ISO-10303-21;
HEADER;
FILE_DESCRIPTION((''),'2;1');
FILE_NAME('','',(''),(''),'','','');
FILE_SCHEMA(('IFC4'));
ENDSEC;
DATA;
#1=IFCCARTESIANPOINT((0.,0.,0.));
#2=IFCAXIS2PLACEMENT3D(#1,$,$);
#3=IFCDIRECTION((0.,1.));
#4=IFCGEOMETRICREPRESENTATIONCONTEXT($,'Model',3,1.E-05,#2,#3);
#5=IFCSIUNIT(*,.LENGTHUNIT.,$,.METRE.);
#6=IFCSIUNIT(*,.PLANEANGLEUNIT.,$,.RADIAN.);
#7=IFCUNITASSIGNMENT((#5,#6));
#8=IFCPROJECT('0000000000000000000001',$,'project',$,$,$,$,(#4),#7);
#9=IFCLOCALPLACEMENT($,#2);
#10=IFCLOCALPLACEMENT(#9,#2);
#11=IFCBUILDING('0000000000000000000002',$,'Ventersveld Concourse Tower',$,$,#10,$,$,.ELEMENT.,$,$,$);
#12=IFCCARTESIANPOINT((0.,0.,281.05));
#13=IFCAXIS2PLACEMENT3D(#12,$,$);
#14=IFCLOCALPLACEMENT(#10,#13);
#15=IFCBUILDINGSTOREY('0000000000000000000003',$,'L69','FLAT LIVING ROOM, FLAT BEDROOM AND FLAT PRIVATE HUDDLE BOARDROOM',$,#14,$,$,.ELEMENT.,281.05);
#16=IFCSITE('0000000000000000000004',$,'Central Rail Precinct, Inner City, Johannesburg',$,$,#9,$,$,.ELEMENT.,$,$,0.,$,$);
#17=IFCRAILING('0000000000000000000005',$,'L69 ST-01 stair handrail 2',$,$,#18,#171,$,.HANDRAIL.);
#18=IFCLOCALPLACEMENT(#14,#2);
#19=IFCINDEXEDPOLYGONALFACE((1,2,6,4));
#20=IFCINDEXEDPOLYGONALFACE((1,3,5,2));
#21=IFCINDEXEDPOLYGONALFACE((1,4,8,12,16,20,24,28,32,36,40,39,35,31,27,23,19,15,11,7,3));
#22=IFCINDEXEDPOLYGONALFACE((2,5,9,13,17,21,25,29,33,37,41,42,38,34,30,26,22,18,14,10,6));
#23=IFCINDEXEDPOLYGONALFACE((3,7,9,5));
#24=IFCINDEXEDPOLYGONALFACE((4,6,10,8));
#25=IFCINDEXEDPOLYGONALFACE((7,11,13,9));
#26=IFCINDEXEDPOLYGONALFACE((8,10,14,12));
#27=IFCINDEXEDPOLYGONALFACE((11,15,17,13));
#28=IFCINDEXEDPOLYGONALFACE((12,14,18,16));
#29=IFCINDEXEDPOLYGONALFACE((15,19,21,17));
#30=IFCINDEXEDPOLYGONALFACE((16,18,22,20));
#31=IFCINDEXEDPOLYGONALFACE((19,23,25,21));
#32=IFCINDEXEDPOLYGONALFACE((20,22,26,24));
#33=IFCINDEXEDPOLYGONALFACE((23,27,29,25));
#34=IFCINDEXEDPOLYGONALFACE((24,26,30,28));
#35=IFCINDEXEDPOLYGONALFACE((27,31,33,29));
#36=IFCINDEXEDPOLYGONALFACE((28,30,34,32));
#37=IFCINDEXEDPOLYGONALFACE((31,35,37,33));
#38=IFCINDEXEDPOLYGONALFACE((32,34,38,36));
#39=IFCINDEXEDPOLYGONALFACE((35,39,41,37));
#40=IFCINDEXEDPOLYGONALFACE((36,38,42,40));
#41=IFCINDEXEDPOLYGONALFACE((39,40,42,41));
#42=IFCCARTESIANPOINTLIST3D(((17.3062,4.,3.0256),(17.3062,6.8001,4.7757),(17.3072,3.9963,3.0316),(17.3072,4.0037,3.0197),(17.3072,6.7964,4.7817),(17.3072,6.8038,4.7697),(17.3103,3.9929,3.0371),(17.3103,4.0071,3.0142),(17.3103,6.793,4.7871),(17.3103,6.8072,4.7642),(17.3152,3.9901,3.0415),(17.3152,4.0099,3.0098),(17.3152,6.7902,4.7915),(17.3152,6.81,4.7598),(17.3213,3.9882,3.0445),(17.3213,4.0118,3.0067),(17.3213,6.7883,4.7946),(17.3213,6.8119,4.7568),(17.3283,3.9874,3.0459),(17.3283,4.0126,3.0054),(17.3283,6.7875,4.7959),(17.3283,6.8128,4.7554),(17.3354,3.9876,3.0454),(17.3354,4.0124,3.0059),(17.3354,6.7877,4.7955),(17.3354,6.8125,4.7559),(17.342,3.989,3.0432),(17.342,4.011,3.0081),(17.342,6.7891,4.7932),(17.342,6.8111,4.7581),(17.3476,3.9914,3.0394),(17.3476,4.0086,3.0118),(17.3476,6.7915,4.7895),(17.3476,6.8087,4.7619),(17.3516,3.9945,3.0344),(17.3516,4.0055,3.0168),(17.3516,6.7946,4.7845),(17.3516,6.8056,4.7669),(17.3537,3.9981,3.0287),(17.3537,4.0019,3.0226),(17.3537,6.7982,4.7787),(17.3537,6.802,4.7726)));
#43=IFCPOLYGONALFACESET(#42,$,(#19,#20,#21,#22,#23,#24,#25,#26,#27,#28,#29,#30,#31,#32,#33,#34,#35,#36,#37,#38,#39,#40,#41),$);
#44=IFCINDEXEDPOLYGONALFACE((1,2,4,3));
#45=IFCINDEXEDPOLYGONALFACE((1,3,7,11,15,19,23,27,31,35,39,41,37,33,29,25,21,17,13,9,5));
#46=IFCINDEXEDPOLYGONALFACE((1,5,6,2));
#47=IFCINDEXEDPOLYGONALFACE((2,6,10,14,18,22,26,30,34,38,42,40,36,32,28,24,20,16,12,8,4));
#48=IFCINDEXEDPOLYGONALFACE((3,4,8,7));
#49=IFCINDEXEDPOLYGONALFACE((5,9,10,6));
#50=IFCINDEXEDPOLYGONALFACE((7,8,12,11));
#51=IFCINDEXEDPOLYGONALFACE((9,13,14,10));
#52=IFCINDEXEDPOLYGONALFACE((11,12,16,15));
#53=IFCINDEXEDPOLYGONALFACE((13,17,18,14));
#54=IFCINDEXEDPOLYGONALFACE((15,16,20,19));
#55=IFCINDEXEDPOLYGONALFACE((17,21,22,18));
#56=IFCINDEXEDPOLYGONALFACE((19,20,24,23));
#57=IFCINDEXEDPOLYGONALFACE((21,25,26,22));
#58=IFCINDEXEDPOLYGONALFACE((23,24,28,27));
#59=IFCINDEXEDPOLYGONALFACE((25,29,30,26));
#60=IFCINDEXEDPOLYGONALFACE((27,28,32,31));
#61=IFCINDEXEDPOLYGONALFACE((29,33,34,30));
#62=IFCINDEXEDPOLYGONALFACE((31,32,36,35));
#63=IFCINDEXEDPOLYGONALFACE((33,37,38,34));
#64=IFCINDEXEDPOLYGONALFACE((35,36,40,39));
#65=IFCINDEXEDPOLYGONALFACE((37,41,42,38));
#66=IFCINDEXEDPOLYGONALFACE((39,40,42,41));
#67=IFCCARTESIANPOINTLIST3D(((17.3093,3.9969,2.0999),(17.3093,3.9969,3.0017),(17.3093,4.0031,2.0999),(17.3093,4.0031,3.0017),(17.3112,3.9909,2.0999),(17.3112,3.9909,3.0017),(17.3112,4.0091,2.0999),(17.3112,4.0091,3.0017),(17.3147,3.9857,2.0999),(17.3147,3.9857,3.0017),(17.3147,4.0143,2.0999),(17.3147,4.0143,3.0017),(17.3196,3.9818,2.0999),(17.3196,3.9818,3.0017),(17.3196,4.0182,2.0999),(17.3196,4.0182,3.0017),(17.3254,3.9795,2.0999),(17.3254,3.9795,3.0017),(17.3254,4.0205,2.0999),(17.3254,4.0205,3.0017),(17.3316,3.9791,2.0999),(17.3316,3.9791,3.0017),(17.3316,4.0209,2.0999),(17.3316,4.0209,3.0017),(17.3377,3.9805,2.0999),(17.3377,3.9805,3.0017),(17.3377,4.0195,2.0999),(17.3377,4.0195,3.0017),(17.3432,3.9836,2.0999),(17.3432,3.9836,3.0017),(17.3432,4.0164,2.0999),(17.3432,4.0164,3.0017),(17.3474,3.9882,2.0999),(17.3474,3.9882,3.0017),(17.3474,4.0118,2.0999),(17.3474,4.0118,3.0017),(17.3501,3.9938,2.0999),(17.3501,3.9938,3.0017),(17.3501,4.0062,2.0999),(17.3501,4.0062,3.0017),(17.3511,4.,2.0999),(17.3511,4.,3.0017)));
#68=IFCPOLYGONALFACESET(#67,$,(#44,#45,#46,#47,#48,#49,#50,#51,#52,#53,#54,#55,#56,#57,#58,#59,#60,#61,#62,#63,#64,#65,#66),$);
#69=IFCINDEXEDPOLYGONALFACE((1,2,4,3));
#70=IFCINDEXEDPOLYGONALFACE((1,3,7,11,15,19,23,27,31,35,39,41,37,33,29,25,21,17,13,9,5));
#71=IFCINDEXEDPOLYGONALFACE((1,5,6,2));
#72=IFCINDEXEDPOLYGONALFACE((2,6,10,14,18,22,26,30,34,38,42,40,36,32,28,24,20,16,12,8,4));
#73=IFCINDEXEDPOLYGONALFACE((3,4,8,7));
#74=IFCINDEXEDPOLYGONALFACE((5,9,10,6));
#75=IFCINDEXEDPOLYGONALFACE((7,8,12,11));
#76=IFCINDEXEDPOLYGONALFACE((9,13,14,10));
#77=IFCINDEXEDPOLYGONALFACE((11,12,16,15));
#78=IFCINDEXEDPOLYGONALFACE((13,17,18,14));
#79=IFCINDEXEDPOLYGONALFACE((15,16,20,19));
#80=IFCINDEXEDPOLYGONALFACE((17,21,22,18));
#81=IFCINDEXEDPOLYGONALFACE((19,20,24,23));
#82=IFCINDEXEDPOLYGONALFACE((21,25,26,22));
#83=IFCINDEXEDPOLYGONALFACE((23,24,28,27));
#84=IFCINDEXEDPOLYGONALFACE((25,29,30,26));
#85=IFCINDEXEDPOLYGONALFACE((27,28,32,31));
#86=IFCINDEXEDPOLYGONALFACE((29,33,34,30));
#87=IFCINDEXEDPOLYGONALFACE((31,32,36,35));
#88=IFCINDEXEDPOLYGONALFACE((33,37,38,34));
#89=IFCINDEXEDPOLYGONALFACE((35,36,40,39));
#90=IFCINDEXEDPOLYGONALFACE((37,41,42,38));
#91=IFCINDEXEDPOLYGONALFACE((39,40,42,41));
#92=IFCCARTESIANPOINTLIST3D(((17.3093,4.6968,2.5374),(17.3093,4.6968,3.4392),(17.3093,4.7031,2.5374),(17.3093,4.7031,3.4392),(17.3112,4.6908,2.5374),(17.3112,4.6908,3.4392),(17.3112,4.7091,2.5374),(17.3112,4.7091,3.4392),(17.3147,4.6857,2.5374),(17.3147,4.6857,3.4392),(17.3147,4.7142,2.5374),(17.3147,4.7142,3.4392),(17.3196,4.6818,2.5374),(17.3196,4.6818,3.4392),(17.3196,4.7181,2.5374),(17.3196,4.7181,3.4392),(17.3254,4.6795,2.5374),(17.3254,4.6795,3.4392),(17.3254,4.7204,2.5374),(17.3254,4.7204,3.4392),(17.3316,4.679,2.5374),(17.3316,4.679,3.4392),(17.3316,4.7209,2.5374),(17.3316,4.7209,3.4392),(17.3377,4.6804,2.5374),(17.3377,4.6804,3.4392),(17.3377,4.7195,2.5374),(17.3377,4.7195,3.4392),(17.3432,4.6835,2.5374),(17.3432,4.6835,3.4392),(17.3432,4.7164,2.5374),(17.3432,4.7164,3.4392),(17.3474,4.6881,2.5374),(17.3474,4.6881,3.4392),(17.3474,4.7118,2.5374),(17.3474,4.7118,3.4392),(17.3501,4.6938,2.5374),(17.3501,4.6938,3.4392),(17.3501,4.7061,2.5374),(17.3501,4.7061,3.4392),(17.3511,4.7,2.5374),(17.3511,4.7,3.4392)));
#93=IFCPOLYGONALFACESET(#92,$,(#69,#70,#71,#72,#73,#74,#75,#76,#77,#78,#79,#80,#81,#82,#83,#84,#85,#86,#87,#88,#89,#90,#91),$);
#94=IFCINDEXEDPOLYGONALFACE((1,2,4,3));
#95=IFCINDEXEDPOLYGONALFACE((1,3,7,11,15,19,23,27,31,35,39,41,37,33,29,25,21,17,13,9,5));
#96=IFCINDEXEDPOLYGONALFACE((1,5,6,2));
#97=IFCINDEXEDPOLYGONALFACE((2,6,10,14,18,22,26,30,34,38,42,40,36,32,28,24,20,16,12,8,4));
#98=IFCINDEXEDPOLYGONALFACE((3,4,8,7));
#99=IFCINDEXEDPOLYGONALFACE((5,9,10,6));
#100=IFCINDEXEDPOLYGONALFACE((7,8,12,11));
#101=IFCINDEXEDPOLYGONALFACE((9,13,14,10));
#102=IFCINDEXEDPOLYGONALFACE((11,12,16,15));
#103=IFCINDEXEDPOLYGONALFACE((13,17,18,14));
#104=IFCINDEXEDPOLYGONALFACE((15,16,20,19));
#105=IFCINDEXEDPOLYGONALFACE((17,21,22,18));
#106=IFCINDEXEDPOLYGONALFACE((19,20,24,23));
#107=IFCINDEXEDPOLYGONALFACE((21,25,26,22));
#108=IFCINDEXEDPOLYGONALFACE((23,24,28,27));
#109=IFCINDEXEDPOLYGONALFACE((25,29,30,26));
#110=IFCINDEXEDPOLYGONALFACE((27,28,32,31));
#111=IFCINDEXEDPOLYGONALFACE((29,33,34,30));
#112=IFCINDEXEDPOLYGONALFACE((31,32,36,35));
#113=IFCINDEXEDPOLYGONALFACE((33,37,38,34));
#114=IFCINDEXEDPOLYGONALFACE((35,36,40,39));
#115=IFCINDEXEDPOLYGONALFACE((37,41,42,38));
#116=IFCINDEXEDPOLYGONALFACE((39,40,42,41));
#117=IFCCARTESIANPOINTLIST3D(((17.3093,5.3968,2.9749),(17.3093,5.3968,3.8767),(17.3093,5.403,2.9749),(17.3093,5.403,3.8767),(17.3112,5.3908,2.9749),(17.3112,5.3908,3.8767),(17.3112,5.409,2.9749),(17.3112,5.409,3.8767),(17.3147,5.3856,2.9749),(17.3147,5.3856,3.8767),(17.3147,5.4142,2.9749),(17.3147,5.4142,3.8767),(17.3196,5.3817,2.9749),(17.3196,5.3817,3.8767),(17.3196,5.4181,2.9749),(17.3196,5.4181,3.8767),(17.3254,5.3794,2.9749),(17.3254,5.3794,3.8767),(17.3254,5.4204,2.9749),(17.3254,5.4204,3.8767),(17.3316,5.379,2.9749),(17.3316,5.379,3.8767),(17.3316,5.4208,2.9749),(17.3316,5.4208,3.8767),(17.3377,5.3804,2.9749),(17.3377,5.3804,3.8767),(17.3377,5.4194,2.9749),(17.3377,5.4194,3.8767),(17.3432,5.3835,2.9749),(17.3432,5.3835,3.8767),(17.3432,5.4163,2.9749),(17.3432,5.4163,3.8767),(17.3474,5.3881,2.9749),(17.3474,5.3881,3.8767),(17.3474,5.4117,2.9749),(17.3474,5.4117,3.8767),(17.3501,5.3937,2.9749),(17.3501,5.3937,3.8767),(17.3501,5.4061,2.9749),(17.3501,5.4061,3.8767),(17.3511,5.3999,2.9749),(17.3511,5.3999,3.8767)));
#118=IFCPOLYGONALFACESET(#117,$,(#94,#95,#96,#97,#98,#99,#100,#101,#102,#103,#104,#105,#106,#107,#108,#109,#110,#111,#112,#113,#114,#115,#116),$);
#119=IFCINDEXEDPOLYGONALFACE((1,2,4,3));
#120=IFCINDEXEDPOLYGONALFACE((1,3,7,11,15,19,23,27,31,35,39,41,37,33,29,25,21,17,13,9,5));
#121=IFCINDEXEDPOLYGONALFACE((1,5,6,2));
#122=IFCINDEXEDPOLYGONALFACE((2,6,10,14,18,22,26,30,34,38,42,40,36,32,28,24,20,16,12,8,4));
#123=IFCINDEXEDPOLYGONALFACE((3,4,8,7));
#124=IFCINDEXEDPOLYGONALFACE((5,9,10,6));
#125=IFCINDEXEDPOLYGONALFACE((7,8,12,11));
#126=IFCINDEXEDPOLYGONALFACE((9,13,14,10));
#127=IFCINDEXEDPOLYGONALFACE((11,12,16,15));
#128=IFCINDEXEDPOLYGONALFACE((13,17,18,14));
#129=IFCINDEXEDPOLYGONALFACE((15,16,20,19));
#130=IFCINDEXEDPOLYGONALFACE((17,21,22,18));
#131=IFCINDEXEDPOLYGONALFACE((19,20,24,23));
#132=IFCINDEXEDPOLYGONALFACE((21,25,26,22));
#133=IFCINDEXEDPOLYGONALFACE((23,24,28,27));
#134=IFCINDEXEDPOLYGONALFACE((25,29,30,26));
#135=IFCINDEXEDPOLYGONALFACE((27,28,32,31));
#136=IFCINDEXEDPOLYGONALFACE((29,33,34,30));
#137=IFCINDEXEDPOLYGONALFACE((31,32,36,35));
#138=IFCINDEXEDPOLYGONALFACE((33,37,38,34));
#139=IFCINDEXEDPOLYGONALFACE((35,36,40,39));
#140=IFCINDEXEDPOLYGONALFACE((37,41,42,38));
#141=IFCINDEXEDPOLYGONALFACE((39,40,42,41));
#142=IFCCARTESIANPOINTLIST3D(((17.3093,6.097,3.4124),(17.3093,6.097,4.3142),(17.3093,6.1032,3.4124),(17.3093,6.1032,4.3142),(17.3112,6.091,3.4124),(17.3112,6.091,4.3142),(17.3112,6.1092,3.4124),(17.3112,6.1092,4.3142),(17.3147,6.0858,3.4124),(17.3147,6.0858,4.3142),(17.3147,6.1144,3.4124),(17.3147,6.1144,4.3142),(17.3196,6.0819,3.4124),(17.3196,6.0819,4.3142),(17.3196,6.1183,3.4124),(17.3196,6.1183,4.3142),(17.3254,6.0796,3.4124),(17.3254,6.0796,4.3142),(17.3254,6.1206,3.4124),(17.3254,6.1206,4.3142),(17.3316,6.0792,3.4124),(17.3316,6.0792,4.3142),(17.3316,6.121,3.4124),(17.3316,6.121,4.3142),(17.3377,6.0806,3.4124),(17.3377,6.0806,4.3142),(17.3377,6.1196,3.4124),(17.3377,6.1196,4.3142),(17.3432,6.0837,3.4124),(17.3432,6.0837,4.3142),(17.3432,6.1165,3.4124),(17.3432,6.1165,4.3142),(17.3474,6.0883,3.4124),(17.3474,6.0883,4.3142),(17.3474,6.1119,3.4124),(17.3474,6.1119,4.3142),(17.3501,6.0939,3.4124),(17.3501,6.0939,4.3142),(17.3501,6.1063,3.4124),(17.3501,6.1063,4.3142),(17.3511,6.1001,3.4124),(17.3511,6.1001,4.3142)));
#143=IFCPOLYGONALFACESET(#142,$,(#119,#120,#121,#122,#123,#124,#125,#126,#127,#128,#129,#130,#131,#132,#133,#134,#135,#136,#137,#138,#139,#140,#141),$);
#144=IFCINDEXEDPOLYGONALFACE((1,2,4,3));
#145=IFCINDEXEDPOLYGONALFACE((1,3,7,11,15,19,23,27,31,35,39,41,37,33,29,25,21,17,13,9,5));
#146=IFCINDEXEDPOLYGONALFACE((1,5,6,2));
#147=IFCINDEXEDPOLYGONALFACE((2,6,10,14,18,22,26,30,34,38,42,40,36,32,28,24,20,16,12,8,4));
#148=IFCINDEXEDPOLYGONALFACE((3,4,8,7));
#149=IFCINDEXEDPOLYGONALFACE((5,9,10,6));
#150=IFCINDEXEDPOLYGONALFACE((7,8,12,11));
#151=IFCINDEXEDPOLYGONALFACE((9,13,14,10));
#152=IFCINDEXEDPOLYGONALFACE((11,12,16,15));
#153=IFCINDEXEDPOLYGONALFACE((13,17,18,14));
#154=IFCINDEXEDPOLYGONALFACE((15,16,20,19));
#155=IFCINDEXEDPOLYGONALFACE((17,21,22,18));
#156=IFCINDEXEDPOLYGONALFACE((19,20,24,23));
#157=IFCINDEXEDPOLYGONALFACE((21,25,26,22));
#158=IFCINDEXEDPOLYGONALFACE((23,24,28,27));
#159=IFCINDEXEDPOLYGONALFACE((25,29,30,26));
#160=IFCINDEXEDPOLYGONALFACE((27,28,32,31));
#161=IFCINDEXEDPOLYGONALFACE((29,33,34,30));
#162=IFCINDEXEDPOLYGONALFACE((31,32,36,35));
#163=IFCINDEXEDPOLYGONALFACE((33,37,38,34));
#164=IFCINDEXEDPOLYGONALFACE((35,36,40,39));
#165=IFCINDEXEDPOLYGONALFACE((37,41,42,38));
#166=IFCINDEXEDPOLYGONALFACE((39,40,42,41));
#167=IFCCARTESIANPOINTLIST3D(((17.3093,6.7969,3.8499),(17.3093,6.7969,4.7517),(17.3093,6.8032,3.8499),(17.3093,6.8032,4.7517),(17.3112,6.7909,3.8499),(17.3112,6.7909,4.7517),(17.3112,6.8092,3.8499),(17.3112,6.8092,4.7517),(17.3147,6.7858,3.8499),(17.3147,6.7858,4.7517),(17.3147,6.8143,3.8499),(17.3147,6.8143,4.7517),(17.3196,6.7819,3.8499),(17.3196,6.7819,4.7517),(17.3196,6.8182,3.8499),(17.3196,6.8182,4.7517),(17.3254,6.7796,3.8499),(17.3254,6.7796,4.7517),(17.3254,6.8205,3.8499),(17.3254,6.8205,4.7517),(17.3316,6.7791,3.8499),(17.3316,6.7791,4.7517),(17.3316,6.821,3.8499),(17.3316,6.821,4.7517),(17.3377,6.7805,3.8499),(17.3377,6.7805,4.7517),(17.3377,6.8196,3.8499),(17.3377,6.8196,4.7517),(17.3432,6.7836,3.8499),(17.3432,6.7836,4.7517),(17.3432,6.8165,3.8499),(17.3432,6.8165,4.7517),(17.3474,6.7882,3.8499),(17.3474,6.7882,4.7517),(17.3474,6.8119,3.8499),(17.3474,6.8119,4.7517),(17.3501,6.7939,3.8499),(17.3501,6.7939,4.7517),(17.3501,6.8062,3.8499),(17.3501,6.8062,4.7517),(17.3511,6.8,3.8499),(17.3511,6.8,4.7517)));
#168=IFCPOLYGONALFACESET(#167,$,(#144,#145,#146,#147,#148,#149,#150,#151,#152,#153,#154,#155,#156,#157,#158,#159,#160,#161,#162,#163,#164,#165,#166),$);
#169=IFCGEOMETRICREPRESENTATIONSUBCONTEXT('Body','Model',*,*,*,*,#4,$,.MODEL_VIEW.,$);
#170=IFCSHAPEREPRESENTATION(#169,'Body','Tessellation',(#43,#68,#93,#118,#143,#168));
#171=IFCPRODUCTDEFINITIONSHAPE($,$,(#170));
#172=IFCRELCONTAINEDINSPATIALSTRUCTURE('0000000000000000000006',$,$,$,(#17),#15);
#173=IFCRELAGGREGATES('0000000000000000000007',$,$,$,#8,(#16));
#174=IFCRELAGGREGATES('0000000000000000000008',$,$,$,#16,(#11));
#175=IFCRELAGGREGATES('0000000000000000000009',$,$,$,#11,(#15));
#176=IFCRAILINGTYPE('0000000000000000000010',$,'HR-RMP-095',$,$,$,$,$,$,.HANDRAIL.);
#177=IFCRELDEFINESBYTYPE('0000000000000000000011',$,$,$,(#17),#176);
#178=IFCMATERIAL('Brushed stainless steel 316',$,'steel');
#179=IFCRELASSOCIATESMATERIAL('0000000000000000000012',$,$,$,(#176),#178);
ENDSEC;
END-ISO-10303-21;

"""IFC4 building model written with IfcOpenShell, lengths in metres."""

from ifc_helpers import new_model, si_unit, direction, frame, origin, origin_2d, place, context, subcontext, project, spatial, circle, extrude, material, type_object, element, save


model = new_model("IFC4")

# Units and contexts
model_context = context("Model", 3, precision=1e-05, world=origin(), true_north=direction((0.0, 1.0)))
body_context = subcontext(model_context, "Body", "Model", "MODEL_VIEW")
ifc_project = project(units=[si_unit("LENGTHUNIT", "METRE"), si_unit("PLANEANGLEUNIT", "RADIAN")], contexts=[model_context])

# Site, building, storey
site_placement = place(None, origin())
site = spatial("IfcSite", under=ifc_project, at=site_placement, Name="Central Rail Precinct, Inner City, Johannesburg", CompositionType="ELEMENT", RefElevation=0.0)
building_placement = place(site_placement, origin())
building = spatial("IfcBuilding", under=site, at=building_placement, Name="Ventersveld Concourse Tower", CompositionType="ELEMENT")
storey_placement = place(building_placement, frame((0.0, 0.0, 281.05)))
storey = spatial("IfcBuildingStorey", under=building, at=storey_placement, Name="L69", Description="FLAT LIVING ROOM, FLAT BEDROOM AND FLAT PRIVATE HUDDLE BOARDROOM", CompositionType="ELEMENT", Elevation=281.05)

# Shared definitions
ifc_material_1 = material(Name="Brushed stainless steel 316", Category="steel")

# Railing
railing_type_1 = type_object("IfcRailingType", Name="HR-RMP-095", PredefinedType="HANDRAIL", material=ifc_material_1)
railing_1_placement = place(storey_placement, frame((17.3301, 4.0, 2.0999)))
element("IfcRailing", 1, at=railing_1_placement, inside=storey, type_object=railing_type_1, Name="L69 ST-01 stair handrail 2", PredefinedType="HANDRAIL", context=body_context, shape_type="SweptSolid", body=[
    extrude(circle(Radius=0.0239, at=origin_2d()), frame((0.0, 0.0, 0.9258), z_axis=(0.0, 0.848002, 0.529992), x_axis=(-1.0, 0.0, 0.0)), (0.0, 0.0, 1.0), 3.302),
    extrude(circle(Radius=0.021, at=origin_2d()), origin(), (0.0, 0.0, 1.0), 0.9019),
    extrude(circle(Radius=0.021, at=origin_2d()), frame((0.0, 0.7, 0.4375)), (0.0, 0.0, 1.0), 0.9019),
    extrude(circle(Radius=0.021, at=origin_2d()), frame((0.0, 1.3999, 0.875)), (0.0, 0.0, 1.0), 0.9019),
    extrude(circle(Radius=0.021, at=origin_2d()), frame((0.0, 2.1001, 1.3125)), (0.0, 0.0, 1.0), 0.9019),
    extrude(circle(Radius=0.021, at=origin_2d()), frame((0.0, 2.8, 1.75)), (0.0, 0.0, 1.0), 0.9019),
])

save(model, "model.ifc")
